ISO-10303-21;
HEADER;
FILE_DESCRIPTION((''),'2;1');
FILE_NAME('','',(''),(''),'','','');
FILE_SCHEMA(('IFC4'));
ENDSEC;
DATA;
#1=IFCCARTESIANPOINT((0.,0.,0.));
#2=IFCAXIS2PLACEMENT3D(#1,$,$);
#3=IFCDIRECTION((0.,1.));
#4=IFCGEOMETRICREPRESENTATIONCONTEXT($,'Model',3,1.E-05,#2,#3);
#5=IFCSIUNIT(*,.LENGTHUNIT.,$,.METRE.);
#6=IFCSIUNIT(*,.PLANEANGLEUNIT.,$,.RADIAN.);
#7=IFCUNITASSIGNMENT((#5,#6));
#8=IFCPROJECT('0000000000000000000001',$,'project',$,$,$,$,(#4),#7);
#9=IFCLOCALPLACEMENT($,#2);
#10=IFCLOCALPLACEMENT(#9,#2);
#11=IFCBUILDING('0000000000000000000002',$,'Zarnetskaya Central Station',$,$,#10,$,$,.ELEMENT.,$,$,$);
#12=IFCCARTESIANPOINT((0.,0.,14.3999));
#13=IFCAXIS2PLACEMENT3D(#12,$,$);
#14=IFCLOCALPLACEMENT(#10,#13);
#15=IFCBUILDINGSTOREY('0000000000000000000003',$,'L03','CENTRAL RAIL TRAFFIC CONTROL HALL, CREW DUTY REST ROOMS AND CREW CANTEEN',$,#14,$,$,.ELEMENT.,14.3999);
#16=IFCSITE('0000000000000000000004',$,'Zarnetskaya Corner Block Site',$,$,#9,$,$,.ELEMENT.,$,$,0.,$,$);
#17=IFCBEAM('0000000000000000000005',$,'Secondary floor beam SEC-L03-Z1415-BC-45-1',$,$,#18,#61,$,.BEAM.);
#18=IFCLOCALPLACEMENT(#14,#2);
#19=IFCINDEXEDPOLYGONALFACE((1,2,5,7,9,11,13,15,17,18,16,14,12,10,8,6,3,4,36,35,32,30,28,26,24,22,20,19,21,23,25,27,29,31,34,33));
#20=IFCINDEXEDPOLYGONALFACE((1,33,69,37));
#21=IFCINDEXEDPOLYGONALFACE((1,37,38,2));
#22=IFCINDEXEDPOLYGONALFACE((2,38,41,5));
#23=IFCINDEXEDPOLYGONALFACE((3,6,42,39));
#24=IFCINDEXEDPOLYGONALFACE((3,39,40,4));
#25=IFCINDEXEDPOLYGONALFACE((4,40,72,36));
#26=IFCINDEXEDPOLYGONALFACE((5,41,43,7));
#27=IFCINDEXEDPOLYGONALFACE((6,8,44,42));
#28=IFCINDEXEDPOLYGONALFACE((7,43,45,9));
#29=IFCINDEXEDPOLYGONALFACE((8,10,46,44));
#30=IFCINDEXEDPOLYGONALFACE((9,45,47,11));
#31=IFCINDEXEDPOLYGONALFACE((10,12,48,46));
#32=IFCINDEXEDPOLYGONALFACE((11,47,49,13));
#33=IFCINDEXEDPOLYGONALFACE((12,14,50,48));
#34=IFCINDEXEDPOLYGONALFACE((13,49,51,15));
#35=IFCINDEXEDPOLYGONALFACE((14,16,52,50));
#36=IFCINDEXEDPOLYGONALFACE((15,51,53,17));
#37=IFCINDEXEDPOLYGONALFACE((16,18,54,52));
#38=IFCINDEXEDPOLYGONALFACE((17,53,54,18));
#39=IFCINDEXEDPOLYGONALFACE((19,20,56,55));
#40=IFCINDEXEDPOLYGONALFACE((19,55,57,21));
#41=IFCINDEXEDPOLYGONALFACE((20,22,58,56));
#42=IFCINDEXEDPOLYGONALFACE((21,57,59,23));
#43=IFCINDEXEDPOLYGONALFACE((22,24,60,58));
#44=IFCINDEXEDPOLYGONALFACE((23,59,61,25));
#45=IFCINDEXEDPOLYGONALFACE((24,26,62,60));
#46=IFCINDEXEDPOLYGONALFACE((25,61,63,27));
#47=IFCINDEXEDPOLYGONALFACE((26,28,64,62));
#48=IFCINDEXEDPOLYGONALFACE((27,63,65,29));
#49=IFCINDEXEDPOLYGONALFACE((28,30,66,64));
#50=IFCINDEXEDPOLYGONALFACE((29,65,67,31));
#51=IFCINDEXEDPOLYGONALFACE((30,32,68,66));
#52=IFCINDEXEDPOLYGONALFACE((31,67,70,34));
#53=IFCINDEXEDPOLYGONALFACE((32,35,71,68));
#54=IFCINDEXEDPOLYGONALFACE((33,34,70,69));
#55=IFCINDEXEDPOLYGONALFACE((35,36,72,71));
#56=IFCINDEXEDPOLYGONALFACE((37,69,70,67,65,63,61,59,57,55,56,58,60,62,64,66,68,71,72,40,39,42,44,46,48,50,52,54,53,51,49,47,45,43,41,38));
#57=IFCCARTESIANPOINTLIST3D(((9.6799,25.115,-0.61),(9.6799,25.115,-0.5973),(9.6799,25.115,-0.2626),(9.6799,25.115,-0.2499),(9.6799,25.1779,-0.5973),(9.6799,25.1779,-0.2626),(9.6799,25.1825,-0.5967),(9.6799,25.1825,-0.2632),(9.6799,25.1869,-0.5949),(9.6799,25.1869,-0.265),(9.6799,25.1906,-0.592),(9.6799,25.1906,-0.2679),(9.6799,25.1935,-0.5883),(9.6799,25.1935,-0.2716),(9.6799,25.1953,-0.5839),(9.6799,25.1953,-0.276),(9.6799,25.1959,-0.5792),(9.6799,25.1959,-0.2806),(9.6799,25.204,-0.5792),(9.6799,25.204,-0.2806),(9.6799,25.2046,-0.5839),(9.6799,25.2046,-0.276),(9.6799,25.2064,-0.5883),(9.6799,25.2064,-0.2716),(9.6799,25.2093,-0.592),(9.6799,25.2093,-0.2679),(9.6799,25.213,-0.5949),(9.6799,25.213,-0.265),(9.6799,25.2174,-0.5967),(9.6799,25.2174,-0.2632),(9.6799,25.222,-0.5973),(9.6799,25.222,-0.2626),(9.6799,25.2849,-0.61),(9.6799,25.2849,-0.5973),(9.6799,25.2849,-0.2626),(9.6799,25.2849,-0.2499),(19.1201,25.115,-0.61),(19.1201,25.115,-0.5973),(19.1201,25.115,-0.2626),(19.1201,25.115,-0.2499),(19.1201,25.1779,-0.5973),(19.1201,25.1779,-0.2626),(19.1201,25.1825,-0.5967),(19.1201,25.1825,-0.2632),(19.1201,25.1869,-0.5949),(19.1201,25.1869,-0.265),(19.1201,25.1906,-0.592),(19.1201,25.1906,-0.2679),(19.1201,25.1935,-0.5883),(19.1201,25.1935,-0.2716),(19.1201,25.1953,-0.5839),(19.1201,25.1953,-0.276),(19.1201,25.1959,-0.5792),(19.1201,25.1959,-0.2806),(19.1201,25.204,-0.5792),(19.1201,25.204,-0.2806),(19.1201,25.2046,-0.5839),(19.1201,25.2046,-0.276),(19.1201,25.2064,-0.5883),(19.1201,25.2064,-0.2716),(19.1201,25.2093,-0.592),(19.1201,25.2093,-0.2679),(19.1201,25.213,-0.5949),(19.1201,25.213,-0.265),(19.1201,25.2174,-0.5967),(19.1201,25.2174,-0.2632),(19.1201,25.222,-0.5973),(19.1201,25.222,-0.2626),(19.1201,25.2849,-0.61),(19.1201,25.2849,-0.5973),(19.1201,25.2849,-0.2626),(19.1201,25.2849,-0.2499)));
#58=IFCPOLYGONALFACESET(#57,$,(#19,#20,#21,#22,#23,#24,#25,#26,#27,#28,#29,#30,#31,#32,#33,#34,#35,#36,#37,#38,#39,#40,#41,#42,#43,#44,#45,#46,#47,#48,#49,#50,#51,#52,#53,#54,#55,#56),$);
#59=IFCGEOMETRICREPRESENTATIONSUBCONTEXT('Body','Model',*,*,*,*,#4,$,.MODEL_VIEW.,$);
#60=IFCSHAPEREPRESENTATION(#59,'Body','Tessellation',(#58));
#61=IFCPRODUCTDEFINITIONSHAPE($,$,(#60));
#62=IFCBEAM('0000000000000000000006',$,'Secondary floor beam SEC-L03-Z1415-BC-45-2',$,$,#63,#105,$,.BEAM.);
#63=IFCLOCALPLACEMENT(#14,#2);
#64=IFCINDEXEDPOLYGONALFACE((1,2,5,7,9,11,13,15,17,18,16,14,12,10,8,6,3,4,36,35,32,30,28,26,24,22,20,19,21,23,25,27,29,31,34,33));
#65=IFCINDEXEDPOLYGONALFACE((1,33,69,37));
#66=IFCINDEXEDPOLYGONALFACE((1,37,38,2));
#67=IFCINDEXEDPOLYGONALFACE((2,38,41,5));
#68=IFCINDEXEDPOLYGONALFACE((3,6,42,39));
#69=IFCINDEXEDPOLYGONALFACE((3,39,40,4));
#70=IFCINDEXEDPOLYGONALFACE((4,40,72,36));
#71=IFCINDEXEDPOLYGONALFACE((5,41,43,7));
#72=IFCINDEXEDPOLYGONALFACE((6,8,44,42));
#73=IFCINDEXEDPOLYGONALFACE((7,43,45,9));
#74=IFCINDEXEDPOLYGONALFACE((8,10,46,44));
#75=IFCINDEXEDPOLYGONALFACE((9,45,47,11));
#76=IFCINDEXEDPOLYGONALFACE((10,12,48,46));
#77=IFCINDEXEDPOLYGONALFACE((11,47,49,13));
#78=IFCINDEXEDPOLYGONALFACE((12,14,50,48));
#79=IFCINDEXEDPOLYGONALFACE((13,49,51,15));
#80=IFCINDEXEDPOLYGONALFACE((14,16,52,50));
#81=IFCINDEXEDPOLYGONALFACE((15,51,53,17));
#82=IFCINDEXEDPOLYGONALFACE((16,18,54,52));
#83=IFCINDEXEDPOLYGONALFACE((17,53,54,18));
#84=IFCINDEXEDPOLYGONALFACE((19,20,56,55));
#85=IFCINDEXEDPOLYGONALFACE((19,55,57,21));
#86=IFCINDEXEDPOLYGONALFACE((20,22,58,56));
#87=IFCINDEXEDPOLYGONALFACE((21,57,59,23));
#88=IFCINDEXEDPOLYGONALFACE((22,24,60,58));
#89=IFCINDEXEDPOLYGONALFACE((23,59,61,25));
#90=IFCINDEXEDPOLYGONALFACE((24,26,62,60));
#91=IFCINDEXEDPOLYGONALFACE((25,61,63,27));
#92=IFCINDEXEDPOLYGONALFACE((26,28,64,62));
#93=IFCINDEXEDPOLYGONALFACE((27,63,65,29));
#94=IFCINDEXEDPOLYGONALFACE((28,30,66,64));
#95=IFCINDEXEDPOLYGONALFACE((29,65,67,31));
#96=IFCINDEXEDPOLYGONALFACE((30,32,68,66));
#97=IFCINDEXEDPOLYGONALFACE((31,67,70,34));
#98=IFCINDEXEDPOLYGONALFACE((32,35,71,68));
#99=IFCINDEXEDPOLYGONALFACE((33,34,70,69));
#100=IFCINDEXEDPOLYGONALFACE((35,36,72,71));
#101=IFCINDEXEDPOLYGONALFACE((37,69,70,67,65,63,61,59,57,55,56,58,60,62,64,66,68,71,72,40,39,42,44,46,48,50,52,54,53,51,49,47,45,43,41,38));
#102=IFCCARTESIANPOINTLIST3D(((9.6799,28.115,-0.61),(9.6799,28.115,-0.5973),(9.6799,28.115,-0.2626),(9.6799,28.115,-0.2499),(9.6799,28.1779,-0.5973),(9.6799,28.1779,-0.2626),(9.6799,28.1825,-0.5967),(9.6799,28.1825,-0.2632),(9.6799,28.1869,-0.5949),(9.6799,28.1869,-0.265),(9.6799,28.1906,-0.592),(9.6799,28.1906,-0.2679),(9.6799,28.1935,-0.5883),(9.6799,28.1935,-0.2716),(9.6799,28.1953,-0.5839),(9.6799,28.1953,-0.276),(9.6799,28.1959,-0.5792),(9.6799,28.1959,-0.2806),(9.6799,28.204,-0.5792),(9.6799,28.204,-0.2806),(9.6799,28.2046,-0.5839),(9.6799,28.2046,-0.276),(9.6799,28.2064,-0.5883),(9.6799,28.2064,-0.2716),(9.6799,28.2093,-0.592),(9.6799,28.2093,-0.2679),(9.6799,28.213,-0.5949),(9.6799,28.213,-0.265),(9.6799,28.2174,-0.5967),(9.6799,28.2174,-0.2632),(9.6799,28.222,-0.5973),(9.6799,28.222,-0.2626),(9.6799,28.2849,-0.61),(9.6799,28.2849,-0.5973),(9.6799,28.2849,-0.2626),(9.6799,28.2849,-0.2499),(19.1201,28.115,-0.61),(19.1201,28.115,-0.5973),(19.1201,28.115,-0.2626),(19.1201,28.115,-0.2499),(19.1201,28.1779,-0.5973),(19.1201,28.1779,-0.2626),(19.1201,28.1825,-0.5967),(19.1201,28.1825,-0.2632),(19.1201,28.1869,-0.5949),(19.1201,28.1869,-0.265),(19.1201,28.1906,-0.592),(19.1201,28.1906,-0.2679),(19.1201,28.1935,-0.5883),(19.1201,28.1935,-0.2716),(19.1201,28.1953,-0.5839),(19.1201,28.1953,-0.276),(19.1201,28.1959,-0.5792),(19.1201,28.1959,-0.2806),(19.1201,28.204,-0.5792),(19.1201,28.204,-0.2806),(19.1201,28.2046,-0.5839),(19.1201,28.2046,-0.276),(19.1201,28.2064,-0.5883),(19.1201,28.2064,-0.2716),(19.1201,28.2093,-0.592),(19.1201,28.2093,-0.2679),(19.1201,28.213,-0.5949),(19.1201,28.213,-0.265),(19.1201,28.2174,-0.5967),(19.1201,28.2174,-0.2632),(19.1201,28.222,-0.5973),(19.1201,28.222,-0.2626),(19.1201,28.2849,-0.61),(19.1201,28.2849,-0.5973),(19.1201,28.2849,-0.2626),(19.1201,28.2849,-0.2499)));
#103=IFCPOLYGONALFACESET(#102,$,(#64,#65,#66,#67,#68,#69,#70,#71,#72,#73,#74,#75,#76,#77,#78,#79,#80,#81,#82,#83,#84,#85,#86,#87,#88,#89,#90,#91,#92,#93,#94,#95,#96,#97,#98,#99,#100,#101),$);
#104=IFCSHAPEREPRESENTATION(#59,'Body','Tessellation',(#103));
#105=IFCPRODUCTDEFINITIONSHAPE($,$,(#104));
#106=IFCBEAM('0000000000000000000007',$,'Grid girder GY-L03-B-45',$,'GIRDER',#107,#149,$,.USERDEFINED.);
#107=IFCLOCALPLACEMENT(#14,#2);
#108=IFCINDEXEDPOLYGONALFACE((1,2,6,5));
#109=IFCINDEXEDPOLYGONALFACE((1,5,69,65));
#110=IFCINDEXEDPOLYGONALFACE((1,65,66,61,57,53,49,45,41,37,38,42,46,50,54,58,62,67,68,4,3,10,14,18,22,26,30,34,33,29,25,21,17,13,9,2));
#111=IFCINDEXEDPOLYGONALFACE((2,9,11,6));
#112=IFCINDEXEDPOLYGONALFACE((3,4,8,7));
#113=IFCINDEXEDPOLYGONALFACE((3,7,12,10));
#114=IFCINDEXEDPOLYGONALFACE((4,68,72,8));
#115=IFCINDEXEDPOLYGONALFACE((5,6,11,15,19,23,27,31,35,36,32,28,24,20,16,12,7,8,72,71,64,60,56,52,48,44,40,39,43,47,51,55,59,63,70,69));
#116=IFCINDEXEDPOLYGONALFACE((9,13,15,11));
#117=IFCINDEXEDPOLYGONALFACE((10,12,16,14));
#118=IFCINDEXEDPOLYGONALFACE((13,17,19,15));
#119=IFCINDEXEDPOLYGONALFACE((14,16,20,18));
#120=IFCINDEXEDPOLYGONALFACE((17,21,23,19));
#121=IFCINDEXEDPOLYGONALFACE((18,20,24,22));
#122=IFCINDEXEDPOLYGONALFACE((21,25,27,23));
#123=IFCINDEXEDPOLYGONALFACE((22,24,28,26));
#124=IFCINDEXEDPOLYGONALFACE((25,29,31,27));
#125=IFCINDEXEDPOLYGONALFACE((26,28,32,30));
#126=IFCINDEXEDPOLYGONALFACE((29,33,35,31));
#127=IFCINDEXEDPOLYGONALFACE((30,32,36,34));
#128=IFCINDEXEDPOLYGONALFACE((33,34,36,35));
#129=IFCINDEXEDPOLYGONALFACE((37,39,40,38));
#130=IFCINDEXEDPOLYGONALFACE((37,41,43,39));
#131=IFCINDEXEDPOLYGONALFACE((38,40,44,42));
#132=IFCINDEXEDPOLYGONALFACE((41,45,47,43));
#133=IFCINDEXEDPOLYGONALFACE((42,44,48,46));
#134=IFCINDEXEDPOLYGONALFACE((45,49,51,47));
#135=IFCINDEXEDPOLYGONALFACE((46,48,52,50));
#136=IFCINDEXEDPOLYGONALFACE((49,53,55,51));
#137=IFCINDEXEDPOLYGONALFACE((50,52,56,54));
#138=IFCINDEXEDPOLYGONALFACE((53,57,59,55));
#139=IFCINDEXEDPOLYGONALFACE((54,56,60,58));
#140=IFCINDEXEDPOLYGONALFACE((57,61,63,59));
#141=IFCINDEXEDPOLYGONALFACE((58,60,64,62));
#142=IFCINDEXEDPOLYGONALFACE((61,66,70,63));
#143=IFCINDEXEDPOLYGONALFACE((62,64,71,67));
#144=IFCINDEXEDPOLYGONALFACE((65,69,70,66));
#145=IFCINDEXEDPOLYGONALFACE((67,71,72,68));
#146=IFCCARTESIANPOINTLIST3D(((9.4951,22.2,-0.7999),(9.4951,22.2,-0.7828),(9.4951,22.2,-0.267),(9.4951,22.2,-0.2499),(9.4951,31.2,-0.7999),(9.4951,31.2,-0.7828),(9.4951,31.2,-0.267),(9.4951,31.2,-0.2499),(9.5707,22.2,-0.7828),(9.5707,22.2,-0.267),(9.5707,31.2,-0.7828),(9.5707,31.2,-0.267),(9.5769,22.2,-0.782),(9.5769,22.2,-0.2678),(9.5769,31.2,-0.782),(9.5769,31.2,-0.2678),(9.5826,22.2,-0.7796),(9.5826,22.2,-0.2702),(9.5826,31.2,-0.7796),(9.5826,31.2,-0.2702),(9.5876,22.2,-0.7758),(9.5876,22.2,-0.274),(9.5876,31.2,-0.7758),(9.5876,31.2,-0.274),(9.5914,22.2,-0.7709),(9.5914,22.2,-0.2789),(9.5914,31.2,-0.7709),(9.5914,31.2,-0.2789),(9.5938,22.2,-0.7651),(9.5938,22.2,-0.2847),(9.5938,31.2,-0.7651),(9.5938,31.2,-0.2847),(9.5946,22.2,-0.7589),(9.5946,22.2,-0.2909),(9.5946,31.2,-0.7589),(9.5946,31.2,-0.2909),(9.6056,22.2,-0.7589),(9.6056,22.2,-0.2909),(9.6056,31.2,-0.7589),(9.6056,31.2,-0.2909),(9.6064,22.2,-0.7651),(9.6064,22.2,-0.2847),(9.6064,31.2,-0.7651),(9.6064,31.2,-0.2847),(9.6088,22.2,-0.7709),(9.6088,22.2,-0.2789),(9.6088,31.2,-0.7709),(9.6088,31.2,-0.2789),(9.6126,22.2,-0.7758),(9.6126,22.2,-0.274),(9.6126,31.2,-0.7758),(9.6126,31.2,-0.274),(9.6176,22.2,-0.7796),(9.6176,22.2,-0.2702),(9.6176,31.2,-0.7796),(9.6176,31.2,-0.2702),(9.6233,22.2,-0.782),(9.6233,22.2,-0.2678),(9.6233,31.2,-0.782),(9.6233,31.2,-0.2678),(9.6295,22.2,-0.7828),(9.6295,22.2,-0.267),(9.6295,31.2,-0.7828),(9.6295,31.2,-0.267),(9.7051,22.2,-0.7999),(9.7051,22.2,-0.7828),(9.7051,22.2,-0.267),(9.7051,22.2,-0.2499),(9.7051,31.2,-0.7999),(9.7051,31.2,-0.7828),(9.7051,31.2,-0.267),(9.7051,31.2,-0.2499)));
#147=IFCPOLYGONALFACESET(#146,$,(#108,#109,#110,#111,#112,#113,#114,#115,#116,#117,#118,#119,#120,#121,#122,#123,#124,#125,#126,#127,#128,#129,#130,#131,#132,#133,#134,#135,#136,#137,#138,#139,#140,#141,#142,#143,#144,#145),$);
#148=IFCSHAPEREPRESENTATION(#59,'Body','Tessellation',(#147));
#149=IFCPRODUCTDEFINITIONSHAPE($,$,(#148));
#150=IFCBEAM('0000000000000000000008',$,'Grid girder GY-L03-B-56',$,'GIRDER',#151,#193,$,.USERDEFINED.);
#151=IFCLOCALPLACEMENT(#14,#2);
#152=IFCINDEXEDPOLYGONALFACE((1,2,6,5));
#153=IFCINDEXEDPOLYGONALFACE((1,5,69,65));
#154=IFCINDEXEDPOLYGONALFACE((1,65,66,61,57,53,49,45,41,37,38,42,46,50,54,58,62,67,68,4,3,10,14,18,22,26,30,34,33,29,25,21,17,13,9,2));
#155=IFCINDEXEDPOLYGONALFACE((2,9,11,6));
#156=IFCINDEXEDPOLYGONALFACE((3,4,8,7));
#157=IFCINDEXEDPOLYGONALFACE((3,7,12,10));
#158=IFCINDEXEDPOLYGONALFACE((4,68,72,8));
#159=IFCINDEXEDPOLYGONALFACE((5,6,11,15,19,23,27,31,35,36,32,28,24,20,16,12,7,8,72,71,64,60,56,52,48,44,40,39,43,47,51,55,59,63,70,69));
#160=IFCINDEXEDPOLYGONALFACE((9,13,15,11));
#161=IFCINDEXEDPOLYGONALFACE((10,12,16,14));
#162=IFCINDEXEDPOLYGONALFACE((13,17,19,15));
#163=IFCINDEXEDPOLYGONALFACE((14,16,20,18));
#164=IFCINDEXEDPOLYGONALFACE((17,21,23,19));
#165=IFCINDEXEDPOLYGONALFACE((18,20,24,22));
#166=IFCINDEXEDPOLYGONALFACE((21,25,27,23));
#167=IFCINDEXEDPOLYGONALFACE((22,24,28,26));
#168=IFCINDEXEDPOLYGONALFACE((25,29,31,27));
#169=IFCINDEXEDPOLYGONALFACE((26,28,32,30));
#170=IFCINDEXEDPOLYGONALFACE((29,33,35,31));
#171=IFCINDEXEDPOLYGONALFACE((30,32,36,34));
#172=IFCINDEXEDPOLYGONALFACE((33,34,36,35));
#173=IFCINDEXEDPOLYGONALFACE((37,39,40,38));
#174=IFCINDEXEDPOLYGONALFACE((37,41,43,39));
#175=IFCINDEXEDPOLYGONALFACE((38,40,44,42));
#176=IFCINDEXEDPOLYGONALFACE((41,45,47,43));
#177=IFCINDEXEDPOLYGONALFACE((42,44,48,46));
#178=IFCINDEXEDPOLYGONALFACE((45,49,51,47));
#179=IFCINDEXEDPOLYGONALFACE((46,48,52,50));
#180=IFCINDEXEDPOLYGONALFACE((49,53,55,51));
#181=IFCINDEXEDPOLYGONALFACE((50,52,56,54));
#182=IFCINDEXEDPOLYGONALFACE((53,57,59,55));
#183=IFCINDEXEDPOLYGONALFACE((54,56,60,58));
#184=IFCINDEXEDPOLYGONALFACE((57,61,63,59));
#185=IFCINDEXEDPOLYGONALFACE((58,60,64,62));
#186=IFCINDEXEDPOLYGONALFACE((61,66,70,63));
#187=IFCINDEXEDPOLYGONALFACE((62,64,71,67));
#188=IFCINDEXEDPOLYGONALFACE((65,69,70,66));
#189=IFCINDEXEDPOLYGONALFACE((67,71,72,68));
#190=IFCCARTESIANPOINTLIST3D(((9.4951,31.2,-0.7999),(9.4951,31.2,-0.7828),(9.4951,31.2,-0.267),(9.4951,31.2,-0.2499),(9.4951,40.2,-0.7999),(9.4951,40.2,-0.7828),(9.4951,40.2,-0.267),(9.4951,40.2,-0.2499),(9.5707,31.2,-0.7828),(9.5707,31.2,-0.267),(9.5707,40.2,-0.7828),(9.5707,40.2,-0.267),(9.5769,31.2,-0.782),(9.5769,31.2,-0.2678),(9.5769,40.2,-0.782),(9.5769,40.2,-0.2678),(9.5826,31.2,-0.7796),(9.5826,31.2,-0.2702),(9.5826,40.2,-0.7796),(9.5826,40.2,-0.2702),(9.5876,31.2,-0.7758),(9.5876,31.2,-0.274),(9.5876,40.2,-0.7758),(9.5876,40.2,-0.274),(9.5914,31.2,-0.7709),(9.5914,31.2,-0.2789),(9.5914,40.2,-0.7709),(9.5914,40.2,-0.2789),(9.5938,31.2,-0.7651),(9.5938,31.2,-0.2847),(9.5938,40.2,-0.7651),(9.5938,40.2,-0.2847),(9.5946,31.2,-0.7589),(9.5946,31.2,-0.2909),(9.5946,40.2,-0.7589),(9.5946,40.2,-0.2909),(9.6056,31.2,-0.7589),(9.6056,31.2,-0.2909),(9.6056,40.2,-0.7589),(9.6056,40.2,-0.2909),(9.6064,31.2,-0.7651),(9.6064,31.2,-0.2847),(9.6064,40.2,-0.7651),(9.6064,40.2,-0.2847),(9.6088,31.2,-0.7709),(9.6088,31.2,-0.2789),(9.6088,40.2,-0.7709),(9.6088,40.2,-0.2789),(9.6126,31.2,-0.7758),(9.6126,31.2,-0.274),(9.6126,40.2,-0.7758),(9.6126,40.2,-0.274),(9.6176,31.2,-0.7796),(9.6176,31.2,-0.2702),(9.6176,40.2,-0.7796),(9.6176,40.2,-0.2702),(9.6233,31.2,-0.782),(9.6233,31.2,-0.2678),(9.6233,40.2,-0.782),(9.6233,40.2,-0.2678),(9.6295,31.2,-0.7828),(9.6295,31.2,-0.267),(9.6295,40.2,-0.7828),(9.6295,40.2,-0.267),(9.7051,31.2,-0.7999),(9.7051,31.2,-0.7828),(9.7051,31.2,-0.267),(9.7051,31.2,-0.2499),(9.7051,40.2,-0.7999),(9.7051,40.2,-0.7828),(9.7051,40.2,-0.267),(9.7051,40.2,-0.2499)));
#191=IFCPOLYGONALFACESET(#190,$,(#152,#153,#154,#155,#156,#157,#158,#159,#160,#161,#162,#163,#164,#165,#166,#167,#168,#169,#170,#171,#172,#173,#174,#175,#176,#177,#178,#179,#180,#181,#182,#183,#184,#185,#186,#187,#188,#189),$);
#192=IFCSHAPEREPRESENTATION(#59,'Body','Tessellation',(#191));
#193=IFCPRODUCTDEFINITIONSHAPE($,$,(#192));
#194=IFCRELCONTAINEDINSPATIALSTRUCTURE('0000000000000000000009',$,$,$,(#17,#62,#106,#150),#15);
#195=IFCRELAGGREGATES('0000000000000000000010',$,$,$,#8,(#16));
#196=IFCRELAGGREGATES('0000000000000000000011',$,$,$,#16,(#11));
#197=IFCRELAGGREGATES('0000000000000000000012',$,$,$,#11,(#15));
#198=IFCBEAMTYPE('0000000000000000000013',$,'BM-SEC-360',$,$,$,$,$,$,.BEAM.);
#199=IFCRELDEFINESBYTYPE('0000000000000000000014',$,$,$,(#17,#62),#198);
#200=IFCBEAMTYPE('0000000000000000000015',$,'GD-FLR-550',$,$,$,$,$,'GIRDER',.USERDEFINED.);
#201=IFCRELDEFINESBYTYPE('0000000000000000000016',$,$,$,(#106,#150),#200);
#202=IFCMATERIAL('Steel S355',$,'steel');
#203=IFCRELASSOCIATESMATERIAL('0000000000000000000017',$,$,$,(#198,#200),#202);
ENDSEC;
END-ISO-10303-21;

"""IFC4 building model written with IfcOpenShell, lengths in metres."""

from ifc_helpers import new_model, si_unit, direction, frame, origin, origin_2d, place, context, subcontext, project, spatial, i_section, extrude, material, material_profile, profile_set, type_object, element, save


model = new_model("IFC4")

# Units and contexts
model_context = context("Model", 3, precision=1e-05, world=origin(), true_north=direction((0.0, 1.0)))
body_context = subcontext(model_context, "Body", "Model", "MODEL_VIEW")
ifc_project = project(units=[si_unit("LENGTHUNIT", "METRE"), si_unit("PLANEANGLEUNIT", "RADIAN")], contexts=[model_context])

# Site, building, storey
site_placement = place(None, origin())
site = spatial("IfcSite", under=ifc_project, at=site_placement, Name="Zarnetskaya Corner Block Site", CompositionType="ELEMENT", RefElevation=0.0)
building_placement = place(site_placement, origin())
building = spatial("IfcBuilding", under=site, at=building_placement, Name="Zarnetskaya Central Station", CompositionType="ELEMENT")
storey_placement = place(building_placement, frame((0.0, 0.0, 14.3999)))
storey = spatial("IfcBuildingStorey", under=building, at=storey_placement, Name="L03", Description="CENTRAL RAIL TRAFFIC CONTROL HALL, CREW DUTY REST ROOMS AND CREW CANTEEN", CompositionType="ELEMENT", Elevation=14.3999)

# Shared definitions
ifc_material_1 = material(Name="Steel S355", Category="steel")

# Beams
ifc_material_profile_1 = material_profile(ifc_material_1, i_section(OverallWidth=0.1699, OverallDepth=0.3601, WebThickness=0.0081, FlangeThickness=0.0127, FilletRadius=0.0181, at=origin_2d()), Name="IPE 360")
ifc_profile_set_1 = profile_set([ifc_material_profile_1], Name="Steel S355")
beam_type_1 = type_object("IfcBeamType", Name="BM-SEC-360", PredefinedType="BEAM", material=ifc_profile_set_1)
for number, where, z_axis, x_axis, name in (
    (1, (9.6799, 25.2, -0.4299), (1.0, 0.0, 0.0), (0.0, 1.0, 0.0), "Secondary floor beam SEC-L03-Z1415-BC-45-1"),
    (2, (9.6799, 28.2, -0.4299), (1.0, 0.0, 0.0), (0.0, 1.0, 0.0), "Secondary floor beam SEC-L03-Z1415-BC-45-2"),
):
    element("IfcBeam", number, at=place(storey_placement, frame(where, z_axis=z_axis, x_axis=x_axis)), inside=storey, type_object=beam_type_1, Name=name, PredefinedType="BEAM", context=body_context, shape_type="SweptSolid", body=[
        extrude(i_section(OverallWidth=0.1699, OverallDepth=0.3601, WebThickness=0.0081, FlangeThickness=0.0127, FilletRadius=0.0181, at=origin_2d()), origin(), (0.0, 0.0, 1.0), 9.4402),
    ])
ifc_material_profile_2 = material_profile(ifc_material_1, i_section(OverallWidth=0.21, OverallDepth=0.55, WebThickness=0.011, FlangeThickness=0.0171, FilletRadius=0.0239, at=origin_2d()), Name="IPE 550")
ifc_profile_set_2 = profile_set([ifc_material_profile_2], Name="Steel S355")
beam_type_2 = type_object("IfcBeamType", Name="GD-FLR-550", ElementType="GIRDER", PredefinedType="USERDEFINED", material=ifc_profile_set_2)
for number, where, z_axis, x_axis, name in (
    (3, (9.6001, 22.2, -0.5249), (0.0, 1.0, 0.0), (-1.0, 0.0, 0.0), "Grid girder GY-L03-B-45"),
    (4, (9.6001, 31.2, -0.5249), (0.0, 1.0, 0.0), (-1.0, 0.0, 0.0), "Grid girder GY-L03-B-56"),
):
    element("IfcBeam", number, at=place(storey_placement, frame(where, z_axis=z_axis, x_axis=x_axis)), inside=storey, type_object=beam_type_2, Name=name, ObjectType="GIRDER", PredefinedType="USERDEFINED", context=body_context, shape_type="SweptSolid", body=[
        extrude(i_section(OverallWidth=0.21, OverallDepth=0.55, WebThickness=0.011, FlangeThickness=0.0171, FilletRadius=0.0239, at=origin_2d()), origin(), (0.0, 0.0, 1.0), 9.0),
    ])

save(model, "model.ifc")
